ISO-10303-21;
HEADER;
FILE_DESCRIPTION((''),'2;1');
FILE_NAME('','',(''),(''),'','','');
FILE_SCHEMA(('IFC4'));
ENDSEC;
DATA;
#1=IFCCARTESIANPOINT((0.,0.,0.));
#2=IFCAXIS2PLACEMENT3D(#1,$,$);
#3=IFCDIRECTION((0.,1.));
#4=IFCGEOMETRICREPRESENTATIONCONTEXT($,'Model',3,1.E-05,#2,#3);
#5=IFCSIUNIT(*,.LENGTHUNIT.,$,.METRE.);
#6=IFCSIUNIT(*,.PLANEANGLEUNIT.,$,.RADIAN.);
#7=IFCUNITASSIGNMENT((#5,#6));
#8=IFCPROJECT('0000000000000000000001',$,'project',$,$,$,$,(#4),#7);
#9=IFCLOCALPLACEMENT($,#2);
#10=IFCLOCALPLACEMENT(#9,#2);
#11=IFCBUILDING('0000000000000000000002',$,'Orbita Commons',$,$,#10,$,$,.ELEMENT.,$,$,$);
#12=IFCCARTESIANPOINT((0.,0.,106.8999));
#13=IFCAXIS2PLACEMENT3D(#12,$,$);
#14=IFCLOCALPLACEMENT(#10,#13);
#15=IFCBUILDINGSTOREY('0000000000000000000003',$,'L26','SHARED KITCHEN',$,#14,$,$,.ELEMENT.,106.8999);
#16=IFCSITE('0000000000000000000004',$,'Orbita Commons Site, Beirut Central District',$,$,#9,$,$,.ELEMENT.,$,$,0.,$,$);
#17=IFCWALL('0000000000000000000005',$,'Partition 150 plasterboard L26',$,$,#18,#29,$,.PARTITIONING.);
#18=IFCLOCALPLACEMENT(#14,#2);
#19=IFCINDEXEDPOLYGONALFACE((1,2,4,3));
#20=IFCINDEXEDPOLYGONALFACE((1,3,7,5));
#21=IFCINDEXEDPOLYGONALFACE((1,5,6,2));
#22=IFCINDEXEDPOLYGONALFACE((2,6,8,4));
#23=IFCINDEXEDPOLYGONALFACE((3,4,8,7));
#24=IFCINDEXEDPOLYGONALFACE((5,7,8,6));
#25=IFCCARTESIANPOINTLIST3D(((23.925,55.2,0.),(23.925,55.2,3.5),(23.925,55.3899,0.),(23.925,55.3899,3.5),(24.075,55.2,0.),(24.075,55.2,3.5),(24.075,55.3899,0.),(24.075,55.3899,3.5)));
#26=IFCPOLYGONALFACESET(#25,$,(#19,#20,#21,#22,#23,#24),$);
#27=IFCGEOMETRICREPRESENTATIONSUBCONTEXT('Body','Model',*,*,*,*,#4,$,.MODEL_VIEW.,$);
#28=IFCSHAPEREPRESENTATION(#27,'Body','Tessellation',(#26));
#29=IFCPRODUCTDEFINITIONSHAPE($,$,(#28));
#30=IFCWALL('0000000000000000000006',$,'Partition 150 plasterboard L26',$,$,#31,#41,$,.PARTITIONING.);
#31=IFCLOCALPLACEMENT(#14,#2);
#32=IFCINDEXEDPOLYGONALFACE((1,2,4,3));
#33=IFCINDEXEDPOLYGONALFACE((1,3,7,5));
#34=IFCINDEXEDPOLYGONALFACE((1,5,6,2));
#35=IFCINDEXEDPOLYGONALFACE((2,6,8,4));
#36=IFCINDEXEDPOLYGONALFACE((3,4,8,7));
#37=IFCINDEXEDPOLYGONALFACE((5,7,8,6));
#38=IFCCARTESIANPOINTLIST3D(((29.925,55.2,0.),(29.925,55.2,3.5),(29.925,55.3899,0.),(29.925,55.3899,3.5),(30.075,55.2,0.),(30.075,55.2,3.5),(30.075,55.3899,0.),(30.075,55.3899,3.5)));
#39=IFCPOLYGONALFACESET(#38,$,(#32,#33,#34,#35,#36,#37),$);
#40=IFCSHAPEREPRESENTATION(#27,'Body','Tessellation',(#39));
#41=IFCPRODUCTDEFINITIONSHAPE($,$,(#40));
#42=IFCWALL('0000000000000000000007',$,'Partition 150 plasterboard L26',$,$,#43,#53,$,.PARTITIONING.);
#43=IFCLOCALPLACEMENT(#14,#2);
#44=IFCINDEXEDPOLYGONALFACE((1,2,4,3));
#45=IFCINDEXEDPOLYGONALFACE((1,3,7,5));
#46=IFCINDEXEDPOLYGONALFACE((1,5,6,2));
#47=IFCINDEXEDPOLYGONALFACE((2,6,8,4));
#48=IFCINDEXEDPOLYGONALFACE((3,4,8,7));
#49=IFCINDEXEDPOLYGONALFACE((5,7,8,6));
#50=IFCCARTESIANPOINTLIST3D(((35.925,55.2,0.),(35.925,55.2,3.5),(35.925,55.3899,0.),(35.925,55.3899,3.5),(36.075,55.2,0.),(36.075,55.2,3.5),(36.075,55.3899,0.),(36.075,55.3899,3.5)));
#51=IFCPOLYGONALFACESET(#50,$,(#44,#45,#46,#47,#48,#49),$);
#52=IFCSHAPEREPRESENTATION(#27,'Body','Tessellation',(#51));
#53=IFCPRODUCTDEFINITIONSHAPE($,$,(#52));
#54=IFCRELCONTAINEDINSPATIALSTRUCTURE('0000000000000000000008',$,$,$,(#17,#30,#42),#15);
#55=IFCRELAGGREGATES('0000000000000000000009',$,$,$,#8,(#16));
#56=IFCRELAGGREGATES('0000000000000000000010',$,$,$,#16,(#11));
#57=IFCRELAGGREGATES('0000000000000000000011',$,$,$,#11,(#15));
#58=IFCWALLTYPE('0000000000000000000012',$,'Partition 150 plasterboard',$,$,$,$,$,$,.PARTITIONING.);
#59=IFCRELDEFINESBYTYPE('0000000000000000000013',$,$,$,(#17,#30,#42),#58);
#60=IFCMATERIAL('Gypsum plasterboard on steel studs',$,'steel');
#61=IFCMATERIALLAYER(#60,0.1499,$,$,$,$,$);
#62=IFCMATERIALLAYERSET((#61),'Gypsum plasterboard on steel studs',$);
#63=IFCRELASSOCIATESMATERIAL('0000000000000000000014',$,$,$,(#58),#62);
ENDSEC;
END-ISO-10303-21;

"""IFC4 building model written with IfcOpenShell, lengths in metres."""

from ifc_helpers import new_model, si_unit, direction, frame, frame_2d, origin, place, context, subcontext, project, spatial, rectangle, extrude, material, layer, layer_set, type_object, element, save


model = new_model("IFC4")

# Units and contexts
model_context = context("Model", 3, precision=1e-05, world=origin(), true_north=direction((0.0, 1.0)))
body_context = subcontext(model_context, "Body", "Model", "MODEL_VIEW")
ifc_project = project(units=[si_unit("LENGTHUNIT", "METRE"), si_unit("PLANEANGLEUNIT", "RADIAN")], contexts=[model_context])

# Site, building, storey
site_placement = place(None, origin())
site = spatial("IfcSite", under=ifc_project, at=site_placement, Name="Orbita Commons Site, Beirut Central District", CompositionType="ELEMENT", RefElevation=0.0)
building_placement = place(site_placement, origin())
building = spatial("IfcBuilding", under=site, at=building_placement, Name="Orbita Commons", CompositionType="ELEMENT")
storey_placement = place(building_placement, frame((0.0, 0.0, 106.8999)))
storey = spatial("IfcBuildingStorey", under=building, at=storey_placement, Name="L26", Description="SHARED KITCHEN", CompositionType="ELEMENT", Elevation=106.8999)

# Walls
ifc_material_1 = material(Name="Gypsum plasterboard on steel studs", Category="steel")
ifc_layer_1 = layer(ifc_material_1, 0.1499)
ifc_layer_set_1 = layer_set([ifc_layer_1], Name="Gypsum plasterboard on steel studs")
wall_type = type_object("IfcWallType", Name="Partition 150 plasterboard", PredefinedType="PARTITIONING", material=ifc_layer_set_1)
for number, where, z_axis, x_axis, name in (
    (1, (24.0, 55.2, 0.0), (0.0, 0.0, 1.0), (0.0, 1.0, 0.0), "Partition 150 plasterboard L26"),
    (2, (30.0, 55.2, 0.0), (0.0, 0.0, 1.0), (0.0, 1.0, 0.0), "Partition 150 plasterboard L26"),
    (3, (36.0, 55.2, 0.0), (0.0, 0.0, 1.0), (0.0, 1.0, 0.0), "Partition 150 plasterboard L26"),
):
    element("IfcWall", number, at=place(storey_placement, frame(where, z_axis=z_axis, x_axis=x_axis)), inside=storey, type_object=wall_type, Name=name, PredefinedType="PARTITIONING", context=body_context, shape_type="SweptSolid", body=[
        extrude(rectangle(XDim=0.1899, YDim=0.1499, at=frame_2d((0.095, 0.0))), origin(), (0.0, 0.0, 1.0), 3.5),
    ])

save(model, "model.ifc")
